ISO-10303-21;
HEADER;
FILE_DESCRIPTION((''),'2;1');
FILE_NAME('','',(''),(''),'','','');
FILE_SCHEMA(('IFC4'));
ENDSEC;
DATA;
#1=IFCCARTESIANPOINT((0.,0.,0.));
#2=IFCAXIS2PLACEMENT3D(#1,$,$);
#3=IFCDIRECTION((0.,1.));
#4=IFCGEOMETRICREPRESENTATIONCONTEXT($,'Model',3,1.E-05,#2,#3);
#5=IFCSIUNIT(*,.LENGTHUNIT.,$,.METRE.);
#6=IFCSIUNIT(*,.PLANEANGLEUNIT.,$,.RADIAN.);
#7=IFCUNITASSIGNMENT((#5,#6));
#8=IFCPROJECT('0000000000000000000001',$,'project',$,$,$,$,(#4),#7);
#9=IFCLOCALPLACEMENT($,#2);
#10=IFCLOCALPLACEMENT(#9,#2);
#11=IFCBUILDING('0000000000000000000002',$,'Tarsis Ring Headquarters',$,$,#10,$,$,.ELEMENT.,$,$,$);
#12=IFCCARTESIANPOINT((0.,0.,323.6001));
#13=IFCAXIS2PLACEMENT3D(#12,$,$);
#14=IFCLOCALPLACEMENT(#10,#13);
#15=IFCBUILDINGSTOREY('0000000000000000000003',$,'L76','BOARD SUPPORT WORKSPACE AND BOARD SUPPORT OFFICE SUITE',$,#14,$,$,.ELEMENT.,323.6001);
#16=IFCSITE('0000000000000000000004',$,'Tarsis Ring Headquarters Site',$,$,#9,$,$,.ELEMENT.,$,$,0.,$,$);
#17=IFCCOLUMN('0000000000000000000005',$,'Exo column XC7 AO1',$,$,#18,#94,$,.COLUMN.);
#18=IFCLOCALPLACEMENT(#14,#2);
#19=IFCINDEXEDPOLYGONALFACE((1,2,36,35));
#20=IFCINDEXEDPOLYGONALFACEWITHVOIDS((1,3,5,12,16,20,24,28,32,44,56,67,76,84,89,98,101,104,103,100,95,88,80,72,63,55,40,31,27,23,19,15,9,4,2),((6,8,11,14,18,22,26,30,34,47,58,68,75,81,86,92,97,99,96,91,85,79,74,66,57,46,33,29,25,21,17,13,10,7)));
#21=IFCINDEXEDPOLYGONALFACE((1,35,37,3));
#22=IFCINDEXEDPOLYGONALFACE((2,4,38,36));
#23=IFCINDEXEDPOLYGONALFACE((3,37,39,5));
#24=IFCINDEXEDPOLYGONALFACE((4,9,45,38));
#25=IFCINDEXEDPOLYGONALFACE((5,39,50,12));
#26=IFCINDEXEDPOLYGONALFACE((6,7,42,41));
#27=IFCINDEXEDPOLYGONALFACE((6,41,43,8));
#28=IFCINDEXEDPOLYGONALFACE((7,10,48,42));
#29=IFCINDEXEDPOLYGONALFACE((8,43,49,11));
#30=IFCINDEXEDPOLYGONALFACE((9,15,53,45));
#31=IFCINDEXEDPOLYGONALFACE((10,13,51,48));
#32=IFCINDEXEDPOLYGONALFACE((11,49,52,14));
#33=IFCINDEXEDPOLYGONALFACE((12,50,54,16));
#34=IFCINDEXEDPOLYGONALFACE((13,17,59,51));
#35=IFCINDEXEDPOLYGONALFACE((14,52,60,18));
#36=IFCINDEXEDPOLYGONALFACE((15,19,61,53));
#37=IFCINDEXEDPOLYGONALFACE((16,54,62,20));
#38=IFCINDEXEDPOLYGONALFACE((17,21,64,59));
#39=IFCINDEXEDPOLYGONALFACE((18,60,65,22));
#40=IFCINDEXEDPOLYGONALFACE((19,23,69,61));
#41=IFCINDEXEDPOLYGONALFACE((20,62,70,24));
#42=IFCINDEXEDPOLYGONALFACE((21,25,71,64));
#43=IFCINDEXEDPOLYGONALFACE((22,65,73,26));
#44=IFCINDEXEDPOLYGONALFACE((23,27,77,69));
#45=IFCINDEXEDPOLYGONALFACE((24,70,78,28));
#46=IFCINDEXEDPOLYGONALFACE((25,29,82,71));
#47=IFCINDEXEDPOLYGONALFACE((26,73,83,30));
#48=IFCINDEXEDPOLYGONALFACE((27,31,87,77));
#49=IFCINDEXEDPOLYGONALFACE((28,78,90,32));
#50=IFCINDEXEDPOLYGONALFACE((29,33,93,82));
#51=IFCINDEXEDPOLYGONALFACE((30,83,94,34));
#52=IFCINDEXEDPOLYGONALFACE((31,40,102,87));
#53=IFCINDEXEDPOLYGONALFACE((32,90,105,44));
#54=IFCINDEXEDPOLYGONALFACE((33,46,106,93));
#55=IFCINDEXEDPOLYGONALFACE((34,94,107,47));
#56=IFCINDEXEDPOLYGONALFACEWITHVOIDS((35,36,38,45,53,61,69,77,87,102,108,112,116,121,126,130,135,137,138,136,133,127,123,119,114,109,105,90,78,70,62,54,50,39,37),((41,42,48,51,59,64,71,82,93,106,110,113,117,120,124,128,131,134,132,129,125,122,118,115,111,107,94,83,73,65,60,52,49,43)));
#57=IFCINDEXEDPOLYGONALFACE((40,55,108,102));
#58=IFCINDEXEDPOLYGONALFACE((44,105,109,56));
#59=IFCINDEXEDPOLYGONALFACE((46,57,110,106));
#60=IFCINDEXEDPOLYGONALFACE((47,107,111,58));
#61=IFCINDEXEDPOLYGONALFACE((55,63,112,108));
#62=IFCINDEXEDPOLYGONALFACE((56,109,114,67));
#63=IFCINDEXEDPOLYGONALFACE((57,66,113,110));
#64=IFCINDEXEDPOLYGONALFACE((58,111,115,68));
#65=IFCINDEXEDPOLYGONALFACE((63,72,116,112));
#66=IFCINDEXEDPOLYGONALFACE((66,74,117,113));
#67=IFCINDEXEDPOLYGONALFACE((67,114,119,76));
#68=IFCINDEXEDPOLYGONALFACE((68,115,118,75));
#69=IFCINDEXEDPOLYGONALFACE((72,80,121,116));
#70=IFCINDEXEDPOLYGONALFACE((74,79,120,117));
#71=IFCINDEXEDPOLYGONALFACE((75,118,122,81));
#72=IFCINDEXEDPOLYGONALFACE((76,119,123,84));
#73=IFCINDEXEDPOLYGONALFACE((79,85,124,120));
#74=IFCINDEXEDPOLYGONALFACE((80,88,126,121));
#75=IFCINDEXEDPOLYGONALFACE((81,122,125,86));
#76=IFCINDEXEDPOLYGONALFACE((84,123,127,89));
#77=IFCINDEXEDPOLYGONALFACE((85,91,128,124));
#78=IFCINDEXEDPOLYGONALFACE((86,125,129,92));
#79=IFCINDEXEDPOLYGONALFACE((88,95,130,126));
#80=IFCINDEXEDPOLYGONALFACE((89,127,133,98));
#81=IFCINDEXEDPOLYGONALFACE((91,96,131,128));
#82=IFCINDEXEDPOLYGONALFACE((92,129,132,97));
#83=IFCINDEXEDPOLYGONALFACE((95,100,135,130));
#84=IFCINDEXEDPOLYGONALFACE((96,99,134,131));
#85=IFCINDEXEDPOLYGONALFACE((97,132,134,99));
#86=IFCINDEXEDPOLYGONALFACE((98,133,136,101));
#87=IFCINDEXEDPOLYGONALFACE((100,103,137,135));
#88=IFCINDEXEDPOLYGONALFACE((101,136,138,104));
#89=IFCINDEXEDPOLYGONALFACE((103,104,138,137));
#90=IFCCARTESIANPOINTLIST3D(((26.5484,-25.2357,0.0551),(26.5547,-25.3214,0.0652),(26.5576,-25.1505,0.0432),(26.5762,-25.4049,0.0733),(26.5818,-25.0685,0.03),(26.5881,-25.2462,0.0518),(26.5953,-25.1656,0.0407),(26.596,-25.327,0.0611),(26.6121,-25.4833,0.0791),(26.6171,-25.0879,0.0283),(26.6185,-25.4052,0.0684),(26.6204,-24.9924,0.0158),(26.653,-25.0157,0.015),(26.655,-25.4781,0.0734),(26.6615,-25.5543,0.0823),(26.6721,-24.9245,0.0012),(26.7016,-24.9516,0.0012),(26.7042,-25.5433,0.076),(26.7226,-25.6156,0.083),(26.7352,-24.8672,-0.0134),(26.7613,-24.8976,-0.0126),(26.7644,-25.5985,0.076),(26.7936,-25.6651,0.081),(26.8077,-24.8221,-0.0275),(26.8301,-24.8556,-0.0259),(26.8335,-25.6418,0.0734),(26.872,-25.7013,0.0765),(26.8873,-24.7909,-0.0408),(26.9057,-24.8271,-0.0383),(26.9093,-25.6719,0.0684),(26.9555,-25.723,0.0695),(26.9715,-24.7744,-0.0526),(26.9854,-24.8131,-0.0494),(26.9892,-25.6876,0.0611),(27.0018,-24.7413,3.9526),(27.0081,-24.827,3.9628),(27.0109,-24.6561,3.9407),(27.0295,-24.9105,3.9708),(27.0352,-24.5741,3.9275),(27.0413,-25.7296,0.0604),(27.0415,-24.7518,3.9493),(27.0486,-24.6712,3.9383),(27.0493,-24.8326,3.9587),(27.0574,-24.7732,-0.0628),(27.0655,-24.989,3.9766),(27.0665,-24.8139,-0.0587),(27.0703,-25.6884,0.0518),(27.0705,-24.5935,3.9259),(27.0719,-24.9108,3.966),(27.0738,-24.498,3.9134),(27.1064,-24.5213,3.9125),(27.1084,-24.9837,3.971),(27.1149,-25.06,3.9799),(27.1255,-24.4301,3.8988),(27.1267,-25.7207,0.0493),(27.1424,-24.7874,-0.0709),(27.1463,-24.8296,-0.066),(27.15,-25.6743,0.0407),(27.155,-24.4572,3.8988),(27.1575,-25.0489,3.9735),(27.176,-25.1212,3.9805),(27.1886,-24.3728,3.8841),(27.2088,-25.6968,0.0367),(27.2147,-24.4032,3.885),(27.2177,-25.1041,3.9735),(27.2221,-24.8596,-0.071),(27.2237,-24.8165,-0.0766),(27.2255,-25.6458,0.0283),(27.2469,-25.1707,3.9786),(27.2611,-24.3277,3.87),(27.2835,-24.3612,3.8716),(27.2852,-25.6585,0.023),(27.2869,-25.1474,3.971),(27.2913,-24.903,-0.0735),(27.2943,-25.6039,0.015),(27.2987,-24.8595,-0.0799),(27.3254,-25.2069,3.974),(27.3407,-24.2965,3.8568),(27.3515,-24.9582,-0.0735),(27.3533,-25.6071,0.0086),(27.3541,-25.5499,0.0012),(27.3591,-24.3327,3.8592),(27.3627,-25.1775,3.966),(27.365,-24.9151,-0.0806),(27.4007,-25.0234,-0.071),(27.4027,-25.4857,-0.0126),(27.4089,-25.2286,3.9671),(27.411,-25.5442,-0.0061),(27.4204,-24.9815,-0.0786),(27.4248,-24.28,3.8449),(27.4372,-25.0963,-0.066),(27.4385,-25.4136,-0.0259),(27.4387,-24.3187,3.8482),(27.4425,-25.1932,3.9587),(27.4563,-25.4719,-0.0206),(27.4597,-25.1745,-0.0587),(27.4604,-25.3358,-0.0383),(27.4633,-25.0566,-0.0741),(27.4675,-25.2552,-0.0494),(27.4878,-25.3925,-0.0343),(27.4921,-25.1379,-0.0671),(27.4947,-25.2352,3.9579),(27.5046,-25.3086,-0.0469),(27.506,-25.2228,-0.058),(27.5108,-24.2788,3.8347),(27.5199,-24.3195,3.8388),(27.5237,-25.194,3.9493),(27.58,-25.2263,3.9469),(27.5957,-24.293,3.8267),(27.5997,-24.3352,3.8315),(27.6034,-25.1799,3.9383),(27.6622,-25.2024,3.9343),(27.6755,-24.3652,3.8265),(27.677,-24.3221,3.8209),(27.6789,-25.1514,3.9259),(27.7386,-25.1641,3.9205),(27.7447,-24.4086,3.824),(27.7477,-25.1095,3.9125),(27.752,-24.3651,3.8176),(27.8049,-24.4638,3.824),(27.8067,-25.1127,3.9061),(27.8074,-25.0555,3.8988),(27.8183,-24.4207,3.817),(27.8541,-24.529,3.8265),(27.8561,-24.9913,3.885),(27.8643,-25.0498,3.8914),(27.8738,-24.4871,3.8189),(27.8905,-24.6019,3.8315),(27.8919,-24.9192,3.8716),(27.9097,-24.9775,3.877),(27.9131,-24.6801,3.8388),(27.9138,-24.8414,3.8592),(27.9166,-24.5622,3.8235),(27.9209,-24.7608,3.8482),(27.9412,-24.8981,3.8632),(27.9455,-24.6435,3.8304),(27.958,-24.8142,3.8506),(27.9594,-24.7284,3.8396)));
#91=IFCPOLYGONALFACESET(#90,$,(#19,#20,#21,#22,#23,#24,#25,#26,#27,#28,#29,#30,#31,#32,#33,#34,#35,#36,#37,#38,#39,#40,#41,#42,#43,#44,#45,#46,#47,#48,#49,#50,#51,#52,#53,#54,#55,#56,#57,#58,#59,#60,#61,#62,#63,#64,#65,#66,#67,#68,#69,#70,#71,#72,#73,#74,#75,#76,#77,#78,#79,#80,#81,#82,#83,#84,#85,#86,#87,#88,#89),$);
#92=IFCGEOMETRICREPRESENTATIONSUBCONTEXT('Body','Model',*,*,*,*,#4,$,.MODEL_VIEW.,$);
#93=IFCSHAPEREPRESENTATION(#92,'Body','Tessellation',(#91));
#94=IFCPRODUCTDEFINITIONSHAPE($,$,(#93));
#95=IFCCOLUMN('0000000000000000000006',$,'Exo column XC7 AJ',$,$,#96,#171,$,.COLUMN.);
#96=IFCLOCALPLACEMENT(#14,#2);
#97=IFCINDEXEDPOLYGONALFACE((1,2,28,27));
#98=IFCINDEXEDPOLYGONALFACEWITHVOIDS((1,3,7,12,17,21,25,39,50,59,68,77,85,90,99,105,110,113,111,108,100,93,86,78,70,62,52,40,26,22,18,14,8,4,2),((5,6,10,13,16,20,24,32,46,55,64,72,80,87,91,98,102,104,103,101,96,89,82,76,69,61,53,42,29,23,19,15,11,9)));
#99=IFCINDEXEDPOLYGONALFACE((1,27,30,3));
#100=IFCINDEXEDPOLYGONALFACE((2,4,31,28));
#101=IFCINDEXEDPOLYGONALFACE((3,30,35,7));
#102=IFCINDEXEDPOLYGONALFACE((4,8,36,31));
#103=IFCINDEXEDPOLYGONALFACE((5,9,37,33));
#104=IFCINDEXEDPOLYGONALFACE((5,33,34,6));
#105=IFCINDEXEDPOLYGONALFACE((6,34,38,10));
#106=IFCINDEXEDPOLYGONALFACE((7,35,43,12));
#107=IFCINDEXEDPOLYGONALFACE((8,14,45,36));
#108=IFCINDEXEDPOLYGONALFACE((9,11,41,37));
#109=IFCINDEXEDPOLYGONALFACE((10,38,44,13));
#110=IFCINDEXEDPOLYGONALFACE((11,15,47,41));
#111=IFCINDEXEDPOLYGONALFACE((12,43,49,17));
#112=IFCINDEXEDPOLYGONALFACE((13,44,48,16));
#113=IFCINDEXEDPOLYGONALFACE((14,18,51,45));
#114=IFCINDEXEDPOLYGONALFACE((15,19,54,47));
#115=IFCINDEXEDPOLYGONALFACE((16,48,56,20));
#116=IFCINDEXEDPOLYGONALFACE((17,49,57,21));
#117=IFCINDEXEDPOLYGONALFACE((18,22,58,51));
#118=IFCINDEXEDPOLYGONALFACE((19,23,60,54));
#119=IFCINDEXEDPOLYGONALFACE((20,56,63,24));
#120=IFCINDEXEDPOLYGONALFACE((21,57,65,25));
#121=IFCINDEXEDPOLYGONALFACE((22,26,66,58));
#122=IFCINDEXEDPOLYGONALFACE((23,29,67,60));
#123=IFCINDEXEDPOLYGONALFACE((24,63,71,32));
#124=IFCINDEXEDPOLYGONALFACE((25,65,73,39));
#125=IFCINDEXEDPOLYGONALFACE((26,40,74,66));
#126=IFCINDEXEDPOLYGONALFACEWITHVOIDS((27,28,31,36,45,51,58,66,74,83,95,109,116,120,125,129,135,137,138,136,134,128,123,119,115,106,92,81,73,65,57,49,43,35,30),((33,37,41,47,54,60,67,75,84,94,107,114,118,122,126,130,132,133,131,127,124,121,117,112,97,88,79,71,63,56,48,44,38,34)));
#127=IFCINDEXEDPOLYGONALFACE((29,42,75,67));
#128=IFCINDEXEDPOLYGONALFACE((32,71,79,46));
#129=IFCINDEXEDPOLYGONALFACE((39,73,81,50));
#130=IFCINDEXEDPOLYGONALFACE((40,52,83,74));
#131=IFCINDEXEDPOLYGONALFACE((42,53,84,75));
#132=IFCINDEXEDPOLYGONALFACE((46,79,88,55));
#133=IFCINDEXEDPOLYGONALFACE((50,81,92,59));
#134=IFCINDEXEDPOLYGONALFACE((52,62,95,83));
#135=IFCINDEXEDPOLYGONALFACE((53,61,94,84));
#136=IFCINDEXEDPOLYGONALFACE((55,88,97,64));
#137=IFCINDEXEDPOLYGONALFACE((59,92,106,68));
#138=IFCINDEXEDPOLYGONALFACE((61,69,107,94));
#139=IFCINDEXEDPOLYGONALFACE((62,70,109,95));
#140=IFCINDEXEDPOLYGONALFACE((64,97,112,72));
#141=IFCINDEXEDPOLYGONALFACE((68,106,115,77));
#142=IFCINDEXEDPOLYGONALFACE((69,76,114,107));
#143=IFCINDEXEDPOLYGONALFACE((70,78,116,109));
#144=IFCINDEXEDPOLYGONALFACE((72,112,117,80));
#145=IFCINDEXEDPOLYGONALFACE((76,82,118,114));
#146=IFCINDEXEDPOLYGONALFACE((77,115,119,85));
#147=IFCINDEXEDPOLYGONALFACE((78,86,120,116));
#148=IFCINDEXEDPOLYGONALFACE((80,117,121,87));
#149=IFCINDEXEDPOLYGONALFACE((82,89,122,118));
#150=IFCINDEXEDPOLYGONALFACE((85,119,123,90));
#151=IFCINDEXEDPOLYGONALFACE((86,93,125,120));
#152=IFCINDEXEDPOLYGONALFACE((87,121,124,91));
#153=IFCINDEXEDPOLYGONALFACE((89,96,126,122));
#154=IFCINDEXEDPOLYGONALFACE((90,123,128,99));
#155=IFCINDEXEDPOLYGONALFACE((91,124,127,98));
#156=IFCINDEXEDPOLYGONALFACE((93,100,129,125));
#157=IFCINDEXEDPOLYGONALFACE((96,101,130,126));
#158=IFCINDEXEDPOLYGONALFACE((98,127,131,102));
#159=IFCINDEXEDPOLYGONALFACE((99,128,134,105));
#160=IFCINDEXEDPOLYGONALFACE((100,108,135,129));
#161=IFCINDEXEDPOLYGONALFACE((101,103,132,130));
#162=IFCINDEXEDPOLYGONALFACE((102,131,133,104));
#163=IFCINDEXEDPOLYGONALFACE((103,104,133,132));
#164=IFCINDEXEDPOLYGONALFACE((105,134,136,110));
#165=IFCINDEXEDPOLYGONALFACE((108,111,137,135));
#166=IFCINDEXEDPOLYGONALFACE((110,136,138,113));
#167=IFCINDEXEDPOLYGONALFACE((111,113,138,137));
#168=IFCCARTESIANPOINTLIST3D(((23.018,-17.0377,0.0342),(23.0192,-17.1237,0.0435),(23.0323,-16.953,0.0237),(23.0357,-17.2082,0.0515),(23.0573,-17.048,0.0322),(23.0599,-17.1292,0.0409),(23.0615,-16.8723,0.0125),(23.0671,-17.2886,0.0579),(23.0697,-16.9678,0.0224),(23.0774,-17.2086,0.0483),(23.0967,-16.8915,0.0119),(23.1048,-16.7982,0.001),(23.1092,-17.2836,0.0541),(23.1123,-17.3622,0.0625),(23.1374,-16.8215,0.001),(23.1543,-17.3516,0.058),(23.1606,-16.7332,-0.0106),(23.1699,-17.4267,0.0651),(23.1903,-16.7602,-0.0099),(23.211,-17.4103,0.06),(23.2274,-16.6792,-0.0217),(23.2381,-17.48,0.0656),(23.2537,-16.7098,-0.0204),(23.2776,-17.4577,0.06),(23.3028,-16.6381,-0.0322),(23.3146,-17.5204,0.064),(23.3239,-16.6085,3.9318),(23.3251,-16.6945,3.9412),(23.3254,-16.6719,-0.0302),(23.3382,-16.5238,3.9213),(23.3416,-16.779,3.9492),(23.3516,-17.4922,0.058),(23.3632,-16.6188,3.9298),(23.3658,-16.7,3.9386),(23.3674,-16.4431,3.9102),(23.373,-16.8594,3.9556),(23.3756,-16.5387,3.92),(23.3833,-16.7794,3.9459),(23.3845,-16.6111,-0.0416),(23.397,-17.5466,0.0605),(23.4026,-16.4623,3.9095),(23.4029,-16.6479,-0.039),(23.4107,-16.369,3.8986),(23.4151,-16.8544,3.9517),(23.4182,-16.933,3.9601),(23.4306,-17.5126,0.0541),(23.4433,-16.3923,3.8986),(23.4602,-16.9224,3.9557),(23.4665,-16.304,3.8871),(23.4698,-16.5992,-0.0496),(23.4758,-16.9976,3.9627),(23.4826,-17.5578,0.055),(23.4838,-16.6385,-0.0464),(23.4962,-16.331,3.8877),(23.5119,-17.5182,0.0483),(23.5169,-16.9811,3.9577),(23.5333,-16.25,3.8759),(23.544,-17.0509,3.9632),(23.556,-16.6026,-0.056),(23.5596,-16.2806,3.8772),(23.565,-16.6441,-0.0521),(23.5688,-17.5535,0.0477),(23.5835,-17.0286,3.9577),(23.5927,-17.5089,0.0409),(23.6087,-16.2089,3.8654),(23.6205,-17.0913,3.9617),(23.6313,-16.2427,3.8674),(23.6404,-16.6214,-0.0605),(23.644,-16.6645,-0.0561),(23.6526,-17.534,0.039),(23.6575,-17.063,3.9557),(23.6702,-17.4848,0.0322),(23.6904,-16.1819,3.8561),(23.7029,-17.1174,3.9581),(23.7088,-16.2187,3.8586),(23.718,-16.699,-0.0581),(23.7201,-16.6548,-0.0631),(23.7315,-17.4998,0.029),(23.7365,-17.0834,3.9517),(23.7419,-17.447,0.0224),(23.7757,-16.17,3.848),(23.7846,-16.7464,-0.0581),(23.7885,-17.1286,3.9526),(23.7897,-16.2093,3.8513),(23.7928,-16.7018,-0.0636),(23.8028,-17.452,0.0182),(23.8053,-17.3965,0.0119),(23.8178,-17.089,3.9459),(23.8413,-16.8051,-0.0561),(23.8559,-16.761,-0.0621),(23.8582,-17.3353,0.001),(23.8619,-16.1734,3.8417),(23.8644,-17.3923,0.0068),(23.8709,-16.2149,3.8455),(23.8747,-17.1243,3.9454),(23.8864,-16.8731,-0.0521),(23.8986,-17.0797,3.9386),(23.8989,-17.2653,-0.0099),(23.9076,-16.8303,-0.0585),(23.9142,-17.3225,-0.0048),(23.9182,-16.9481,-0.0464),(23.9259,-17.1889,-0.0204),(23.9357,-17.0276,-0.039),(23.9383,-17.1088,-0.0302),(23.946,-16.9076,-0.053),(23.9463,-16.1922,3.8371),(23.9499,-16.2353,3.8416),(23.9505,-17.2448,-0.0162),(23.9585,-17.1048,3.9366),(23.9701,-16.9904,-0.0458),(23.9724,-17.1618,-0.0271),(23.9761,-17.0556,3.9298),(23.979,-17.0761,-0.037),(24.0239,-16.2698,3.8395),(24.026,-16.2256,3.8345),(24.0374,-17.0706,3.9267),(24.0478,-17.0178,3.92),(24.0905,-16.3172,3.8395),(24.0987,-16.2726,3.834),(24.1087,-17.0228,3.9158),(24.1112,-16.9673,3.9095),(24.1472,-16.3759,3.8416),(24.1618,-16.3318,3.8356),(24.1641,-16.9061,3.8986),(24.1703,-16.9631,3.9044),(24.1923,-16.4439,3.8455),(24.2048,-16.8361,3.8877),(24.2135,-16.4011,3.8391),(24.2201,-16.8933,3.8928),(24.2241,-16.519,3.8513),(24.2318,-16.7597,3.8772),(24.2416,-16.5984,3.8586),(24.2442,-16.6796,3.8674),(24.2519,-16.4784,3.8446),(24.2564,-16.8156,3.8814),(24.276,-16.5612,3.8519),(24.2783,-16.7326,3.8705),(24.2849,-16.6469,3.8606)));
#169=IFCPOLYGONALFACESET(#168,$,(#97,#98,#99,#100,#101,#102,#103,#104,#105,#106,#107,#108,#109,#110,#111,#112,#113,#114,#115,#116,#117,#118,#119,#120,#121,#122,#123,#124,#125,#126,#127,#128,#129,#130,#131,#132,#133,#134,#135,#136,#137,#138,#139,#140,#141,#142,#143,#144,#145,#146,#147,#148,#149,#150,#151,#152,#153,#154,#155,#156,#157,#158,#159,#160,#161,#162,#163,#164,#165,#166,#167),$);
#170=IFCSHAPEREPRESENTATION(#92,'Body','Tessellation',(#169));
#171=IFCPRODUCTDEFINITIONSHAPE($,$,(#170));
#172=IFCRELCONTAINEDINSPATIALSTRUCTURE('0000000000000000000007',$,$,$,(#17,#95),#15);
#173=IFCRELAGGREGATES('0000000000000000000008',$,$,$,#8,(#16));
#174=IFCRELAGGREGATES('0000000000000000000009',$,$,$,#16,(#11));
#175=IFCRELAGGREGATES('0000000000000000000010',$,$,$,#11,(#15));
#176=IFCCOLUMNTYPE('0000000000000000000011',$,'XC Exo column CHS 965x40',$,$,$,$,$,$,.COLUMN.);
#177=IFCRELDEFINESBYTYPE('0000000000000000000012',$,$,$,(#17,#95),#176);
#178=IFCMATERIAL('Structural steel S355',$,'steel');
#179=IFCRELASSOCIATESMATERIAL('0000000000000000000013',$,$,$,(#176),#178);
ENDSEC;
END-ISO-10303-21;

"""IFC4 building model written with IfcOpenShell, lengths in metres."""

from ifc_helpers import new_model, si_unit, direction, frame, origin, origin_2d, place, context, subcontext, project, spatial, hollow_circle, extrude, material, material_profile, profile_set, type_object, element, save


model = new_model("IFC4")

# Units and contexts
model_context = context("Model", 3, precision=1e-05, world=origin(), true_north=direction((0.0, 1.0)))
body_context = subcontext(model_context, "Body", "Model", "MODEL_VIEW")
ifc_project = project(units=[si_unit("LENGTHUNIT", "METRE"), si_unit("PLANEANGLEUNIT", "RADIAN")], contexts=[model_context])

# Site, building, storey
site_placement = place(None, origin())
site = spatial("IfcSite", under=ifc_project, at=site_placement, Name="Tarsis Ring Headquarters Site", CompositionType="ELEMENT", RefElevation=0.0)
building_placement = place(site_placement, origin())
building = spatial("IfcBuilding", under=site, at=building_placement, Name="Tarsis Ring Headquarters", CompositionType="ELEMENT")
storey_placement = place(building_placement, frame((0.0, 0.0, 323.6001)))
storey = spatial("IfcBuildingStorey", under=building, at=storey_placement, Name="L76", Description="BOARD SUPPORT WORKSPACE AND BOARD SUPPORT OFFICE SUITE", CompositionType="ELEMENT", Elevation=323.6001)

# Columns
ifc_material_1 = material(Name="Structural steel S355", Category="steel")
ifc_material_profile_1 = material_profile(ifc_material_1, hollow_circle(Radius=0.4827, WallThickness=0.04, at=origin_2d()), Name="CHS 965x40")
ifc_profile_set_1 = profile_set([ifc_material_profile_1], Name="Structural steel S355")
column_type = type_object("IfcColumnType", Name="XC Exo column CHS 965x40", PredefinedType="COLUMN", material=ifc_profile_set_1)
column_1_placement = place(storey_placement, frame((27.0278, -25.2507, 0.0012), z_axis=(0.114639, 0.12501, 0.98551), x_axis=(-0.737018, 0.675873, 0.0)))
element("IfcColumn", 1, at=column_1_placement, inside=storey, type_object=column_type, Name="Exo column XC7 AO1", PredefinedType="COLUMN", context=body_context, shape_type="SweptSolid", body=[
    extrude(hollow_circle(Radius=0.4827, WallThickness=0.04, at=origin_2d()), origin(), (0.0, 0.0, 1.0), 3.9548),
])
column_2_placement = place(storey_placement, frame((23.4978, -17.0784, 0.001), z_axis=(0.077776, 0.109123, 0.990981), x_axis=(-0.814328, 0.580405, 0.0)))
element("IfcColumn", 2, at=column_2_placement, inside=storey, type_object=column_type, Name="Exo column XC7 AJ", PredefinedType="COLUMN", context=body_context, shape_type="SweptSolid", body=[
    extrude(hollow_circle(Radius=0.4827, WallThickness=0.04, at=origin_2d()), origin(), (0.0, 0.0, 1.0), 3.9331),
])

save(model, "model.ifc")
